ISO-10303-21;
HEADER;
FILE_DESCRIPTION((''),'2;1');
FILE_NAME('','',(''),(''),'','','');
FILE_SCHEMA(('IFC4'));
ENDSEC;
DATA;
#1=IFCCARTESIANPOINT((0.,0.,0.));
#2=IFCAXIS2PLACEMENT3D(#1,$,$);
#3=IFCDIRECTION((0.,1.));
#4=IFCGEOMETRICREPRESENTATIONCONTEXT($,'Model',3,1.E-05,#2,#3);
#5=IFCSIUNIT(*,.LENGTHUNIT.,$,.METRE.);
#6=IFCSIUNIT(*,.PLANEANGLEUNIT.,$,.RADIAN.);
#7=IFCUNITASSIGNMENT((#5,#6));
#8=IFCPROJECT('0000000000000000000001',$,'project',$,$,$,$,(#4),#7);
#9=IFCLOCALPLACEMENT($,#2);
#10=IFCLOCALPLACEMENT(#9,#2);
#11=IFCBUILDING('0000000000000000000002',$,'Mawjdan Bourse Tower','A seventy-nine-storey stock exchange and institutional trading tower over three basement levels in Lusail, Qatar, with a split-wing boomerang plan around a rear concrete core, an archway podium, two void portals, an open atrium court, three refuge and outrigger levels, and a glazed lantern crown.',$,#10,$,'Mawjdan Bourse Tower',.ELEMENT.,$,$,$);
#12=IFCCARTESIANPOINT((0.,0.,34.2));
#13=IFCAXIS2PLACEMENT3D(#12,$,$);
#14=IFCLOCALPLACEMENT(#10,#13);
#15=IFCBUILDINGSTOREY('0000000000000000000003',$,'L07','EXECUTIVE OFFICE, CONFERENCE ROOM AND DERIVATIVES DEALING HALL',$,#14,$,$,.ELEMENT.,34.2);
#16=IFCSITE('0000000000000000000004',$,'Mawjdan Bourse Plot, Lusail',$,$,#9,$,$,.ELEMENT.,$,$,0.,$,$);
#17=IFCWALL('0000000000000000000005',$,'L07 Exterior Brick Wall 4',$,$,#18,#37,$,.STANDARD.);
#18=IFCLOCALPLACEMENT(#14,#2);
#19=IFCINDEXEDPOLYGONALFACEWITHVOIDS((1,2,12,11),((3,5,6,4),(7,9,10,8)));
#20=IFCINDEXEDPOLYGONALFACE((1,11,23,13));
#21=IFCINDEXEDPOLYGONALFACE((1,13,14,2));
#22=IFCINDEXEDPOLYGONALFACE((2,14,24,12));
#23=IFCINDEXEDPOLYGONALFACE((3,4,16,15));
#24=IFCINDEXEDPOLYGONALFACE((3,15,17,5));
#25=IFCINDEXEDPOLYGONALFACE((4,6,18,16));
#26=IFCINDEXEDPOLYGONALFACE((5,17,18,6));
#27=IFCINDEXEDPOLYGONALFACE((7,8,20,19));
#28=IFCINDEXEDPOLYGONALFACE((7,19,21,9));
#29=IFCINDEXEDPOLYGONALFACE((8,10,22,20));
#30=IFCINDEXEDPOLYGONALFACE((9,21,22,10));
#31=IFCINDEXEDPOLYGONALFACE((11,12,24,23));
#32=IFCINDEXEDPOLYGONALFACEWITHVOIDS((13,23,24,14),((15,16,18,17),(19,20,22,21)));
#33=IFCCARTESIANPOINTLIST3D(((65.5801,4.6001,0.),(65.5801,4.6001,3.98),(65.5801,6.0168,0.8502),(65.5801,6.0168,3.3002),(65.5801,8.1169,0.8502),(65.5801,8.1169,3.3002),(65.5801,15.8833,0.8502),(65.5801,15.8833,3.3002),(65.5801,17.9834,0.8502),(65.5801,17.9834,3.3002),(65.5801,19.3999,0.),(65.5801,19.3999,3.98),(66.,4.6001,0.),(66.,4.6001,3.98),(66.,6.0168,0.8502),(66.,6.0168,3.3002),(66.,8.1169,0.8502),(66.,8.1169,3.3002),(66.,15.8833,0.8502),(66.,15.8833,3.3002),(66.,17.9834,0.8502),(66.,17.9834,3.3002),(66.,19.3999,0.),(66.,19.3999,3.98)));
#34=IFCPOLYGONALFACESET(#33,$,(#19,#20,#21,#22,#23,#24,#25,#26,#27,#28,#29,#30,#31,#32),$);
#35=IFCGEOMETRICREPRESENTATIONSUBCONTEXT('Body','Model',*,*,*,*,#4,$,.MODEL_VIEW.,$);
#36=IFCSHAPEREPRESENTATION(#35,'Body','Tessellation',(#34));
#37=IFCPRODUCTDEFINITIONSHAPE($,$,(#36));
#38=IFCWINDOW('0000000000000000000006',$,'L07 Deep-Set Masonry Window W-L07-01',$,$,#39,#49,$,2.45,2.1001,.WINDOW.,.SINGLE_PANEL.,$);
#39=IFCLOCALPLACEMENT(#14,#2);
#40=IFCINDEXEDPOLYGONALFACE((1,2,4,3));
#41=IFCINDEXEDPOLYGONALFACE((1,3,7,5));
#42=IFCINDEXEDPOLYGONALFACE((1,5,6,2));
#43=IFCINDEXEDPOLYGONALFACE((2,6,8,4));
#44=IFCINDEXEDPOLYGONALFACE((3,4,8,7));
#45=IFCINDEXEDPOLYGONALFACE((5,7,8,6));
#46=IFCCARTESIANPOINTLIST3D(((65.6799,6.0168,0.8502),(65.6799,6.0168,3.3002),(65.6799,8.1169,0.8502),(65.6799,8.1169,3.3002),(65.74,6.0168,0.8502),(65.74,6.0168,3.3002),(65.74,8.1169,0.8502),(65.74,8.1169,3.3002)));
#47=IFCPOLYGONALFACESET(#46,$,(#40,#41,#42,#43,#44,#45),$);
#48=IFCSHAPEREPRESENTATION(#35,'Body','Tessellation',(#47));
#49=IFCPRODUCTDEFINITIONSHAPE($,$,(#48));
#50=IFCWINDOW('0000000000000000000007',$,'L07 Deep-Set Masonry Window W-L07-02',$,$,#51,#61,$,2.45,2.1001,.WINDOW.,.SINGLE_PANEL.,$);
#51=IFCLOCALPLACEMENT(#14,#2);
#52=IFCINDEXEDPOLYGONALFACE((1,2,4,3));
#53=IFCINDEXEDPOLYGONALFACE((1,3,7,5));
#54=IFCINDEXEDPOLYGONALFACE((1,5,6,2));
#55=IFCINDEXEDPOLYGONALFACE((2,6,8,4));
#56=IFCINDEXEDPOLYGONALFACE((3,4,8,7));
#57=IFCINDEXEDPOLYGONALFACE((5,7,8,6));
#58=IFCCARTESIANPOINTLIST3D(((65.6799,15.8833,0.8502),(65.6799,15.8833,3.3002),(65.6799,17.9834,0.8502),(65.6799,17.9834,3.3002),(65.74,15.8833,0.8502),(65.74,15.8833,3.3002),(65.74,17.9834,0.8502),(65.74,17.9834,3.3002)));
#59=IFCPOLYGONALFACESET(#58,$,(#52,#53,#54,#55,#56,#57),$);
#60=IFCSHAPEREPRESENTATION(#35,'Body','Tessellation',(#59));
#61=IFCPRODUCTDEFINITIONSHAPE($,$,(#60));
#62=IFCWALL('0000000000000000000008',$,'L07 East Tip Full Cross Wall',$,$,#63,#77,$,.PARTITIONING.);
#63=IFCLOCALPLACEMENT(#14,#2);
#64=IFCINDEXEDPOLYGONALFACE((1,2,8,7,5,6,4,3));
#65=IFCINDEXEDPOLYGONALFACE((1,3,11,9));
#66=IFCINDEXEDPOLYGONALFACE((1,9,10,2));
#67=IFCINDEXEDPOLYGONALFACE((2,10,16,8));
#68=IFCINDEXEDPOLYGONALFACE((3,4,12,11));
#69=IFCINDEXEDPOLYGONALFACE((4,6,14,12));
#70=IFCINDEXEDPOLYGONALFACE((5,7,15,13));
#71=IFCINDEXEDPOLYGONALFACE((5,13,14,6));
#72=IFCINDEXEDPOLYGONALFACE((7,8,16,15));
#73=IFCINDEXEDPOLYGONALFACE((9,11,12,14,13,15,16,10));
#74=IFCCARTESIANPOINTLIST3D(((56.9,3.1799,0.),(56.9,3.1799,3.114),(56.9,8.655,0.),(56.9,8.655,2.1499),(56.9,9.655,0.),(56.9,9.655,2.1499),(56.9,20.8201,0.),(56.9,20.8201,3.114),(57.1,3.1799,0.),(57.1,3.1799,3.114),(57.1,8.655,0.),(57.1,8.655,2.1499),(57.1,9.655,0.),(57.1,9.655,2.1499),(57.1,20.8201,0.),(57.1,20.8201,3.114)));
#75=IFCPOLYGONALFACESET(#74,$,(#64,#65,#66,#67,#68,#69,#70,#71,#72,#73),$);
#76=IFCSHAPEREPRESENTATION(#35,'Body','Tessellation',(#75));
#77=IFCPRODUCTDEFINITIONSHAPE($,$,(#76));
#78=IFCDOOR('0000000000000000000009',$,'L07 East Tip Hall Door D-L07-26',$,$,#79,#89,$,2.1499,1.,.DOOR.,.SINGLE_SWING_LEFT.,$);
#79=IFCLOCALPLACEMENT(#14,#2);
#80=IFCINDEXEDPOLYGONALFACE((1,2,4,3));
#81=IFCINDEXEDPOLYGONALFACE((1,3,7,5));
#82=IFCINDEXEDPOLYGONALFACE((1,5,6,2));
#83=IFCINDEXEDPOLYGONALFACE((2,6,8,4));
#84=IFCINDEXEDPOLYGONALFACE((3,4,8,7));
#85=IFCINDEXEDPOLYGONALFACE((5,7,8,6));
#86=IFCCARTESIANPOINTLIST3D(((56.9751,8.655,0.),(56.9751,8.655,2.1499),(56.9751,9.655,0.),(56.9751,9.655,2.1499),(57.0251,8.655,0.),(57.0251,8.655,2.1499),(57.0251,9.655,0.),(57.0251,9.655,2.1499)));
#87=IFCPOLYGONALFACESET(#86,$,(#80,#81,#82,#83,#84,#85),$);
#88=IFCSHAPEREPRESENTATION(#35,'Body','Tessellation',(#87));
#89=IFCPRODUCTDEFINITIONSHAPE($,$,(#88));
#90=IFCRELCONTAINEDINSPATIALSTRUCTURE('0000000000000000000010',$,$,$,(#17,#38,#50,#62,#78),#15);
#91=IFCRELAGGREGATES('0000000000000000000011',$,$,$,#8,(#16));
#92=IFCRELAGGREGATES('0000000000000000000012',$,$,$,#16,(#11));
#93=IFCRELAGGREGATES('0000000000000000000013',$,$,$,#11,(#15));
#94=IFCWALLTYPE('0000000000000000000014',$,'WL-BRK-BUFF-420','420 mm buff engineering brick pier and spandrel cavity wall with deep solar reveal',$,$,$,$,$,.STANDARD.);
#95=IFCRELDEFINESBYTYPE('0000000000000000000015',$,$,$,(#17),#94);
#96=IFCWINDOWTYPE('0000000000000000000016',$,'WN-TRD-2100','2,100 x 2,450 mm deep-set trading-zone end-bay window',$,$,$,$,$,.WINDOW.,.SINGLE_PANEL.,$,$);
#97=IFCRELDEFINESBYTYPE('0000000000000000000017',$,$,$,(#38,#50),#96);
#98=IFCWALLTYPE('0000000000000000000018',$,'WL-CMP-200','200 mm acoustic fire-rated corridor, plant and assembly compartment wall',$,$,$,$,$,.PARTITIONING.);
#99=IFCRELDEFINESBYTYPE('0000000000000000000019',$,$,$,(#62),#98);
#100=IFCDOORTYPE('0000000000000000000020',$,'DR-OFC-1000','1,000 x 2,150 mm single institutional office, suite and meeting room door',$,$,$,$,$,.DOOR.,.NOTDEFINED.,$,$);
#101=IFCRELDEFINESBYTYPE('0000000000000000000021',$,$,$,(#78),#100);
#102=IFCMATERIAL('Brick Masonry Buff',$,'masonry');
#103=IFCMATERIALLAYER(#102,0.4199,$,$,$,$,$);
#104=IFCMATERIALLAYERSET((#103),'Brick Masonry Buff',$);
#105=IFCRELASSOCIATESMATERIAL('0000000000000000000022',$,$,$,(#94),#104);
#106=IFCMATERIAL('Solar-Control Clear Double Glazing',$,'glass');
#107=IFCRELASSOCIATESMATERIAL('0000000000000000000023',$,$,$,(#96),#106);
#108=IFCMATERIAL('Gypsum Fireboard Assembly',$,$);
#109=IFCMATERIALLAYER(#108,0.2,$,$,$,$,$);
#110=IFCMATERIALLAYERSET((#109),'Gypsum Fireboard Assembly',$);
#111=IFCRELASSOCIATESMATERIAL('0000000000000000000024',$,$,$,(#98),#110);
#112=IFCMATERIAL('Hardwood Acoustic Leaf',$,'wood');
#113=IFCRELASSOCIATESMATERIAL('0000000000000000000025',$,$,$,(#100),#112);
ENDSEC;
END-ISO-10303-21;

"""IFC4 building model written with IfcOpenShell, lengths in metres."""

from ifc_helpers import new_model, si_unit, direction, frame, frame_2d, origin, place, context, subcontext, project, spatial, rectangle, extrude, material, layer, layer_set, type_object, element, fill, save


model = new_model("IFC4")

# Units and contexts
model_context = context("Model", 3, precision=1e-05, world=origin(), true_north=direction((0.0, 1.0)))
body_context = subcontext(model_context, "Body", "Model", "MODEL_VIEW")
ifc_project = project(units=[si_unit("LENGTHUNIT", "METRE"), si_unit("PLANEANGLEUNIT", "RADIAN")], contexts=[model_context])

# Site, building, storey
site_placement = place(None, origin())
site = spatial("IfcSite", under=ifc_project, at=site_placement, Name="Mawjdan Bourse Plot, Lusail", CompositionType="ELEMENT", RefElevation=0.0)
building_placement = place(site_placement, origin())
building = spatial("IfcBuilding", under=site, at=building_placement, Name="Mawjdan Bourse Tower", Description="A seventy-nine-storey stock exchange and institutional trading tower over three basement levels in Lusail, Qatar, with a split-wing boomerang plan around a rear concrete core, an archway podium, two void portals, an open atrium court, three refuge and outrigger levels, and a glazed lantern crown.", LongName="Mawjdan Bourse Tower", CompositionType="ELEMENT")
storey_placement = place(building_placement, frame((0.0, 0.0, 34.2)))
storey = spatial("IfcBuildingStorey", under=building, at=storey_placement, Name="L07", Description="EXECUTIVE OFFICE, CONFERENCE ROOM AND DERIVATIVES DEALING HALL", CompositionType="ELEMENT", Elevation=34.2)

# Shared definitions
ifc_material_1 = material(Name="Brick Masonry Buff", Category="masonry")
ifc_layer_1 = layer(ifc_material_1, 0.4199)
ifc_layer_set_1 = layer_set([ifc_layer_1], Name="Brick Masonry Buff")
wall_type_1 = type_object("IfcWallType", Name="WL-BRK-BUFF-420", Description="420 mm buff engineering brick pier and spandrel cavity wall with deep solar reveal", PredefinedType="STANDARD", material=ifc_layer_set_1)

# Wall, openings, windows
wall_1_placement = place(storey_placement, frame((65.79, 4.6001, 0.0), z_axis=(0.0, 0.0, 1.0), x_axis=(0.0, 1.0, 0.0)))
wall_1 = element("IfcWall", 1, at=wall_1_placement, inside=storey, type_object=wall_type_1, Name="L07 Exterior Brick Wall 4", PredefinedType="STANDARD", context=body_context, shape_type="SweptSolid", body=[
    extrude(rectangle(XDim=14.7998, YDim=0.4199, at=frame_2d((7.3999, 0.0))), origin(), (0.0, 0.0, 1.0), 3.98),
])
opening_1_placement = place(wall_1_placement, frame((1.4167, 0.0, 0.8501)))
opening_1 = element("IfcOpeningElement", 2, at=opening_1_placement, cuts=wall_1, PredefinedType="OPENING", context=body_context, shape_type="SweptSolid", body=[
    extrude(rectangle(XDim=2.1001, YDim=2.45, at=frame_2d((1.05, 1.2251))), frame((0.0, 0.22, 0.0), z_axis=(0.0, -1.0, 0.0), x_axis=(1.0, 0.0, 0.0)), (0.0, 0.0, 1.0), 0.4399),
])
opening_2_placement = place(wall_1_placement, frame((11.2832, 0.0, 0.8501)))
opening_2 = element("IfcOpeningElement", 3, at=opening_2_placement, cuts=wall_1, PredefinedType="OPENING", context=body_context, shape_type="SweptSolid", body=[
    extrude(rectangle(XDim=2.1001, YDim=2.45, at=frame_2d((1.05, 1.2251))), frame((0.0, 0.22, 0.0), z_axis=(0.0, -1.0, 0.0), x_axis=(1.0, 0.0, 0.0)), (0.0, 0.0, 1.0), 0.4399),
])
ifc_material_2 = material(Name="Solar-Control Clear Double Glazing", Category="glass")
window_type = type_object("IfcWindowType", Name="WN-TRD-2100", Description="2,100 x 2,450 mm deep-set trading-zone end-bay window", PartitioningType="SINGLE_PANEL", PredefinedType="WINDOW", material=ifc_material_2)
window_1_placement = place(opening_1_placement, origin())
window_1 = element("IfcWindow", 4, at=window_1_placement, inside=storey, type_object=window_type, Name="L07 Deep-Set Masonry Window W-L07-01", OverallHeight=2.45, OverallWidth=2.1001, PartitioningType="SINGLE_PANEL", PredefinedType="WINDOW", context=body_context, shape_type="SweptSolid", body=[
    extrude(rectangle(XDim=2.1001, YDim=2.45, at=frame_2d((1.05, 1.2251))), frame((0.0, 0.1101, 0.0), z_axis=(0.0, -1.0, 0.0), x_axis=(1.0, 0.0, 0.0)), (0.0, 0.0, 1.0), 0.0601),
])
fill(opening_1, window_1)
window_2_placement = place(opening_2_placement, origin())
window_2 = element("IfcWindow", 5, at=window_2_placement, inside=storey, type_object=window_type, Name="L07 Deep-Set Masonry Window W-L07-02", OverallHeight=2.45, OverallWidth=2.1001, PartitioningType="SINGLE_PANEL", PredefinedType="WINDOW", context=body_context, shape_type="SweptSolid", body=[
    extrude(rectangle(XDim=2.1001, YDim=2.45, at=frame_2d((1.05, 1.2251))), frame((0.0, 0.1101, 0.0), z_axis=(0.0, -1.0, 0.0), x_axis=(1.0, 0.0, 0.0)), (0.0, 0.0, 1.0), 0.0601),
])
fill(opening_2, window_2)

# Wall, opening, door
ifc_material_3 = material(Name="Gypsum Fireboard Assembly")
ifc_layer_2 = layer(ifc_material_3, 0.2)
ifc_layer_set_2 = layer_set([ifc_layer_2], Name="Gypsum Fireboard Assembly")
wall_type_2 = type_object("IfcWallType", Name="WL-CMP-200", Description="200 mm acoustic fire-rated corridor, plant and assembly compartment wall", PredefinedType="PARTITIONING", material=ifc_layer_set_2)
wall_2_placement = place(storey_placement, frame((57.0, 3.1799, 0.0), z_axis=(0.0, 0.0, 1.0), x_axis=(0.0, 1.0, 0.0)))
wall_2 = element("IfcWall", 6, at=wall_2_placement, inside=storey, type_object=wall_type_2, Name="L07 East Tip Full Cross Wall", PredefinedType="PARTITIONING", context=body_context, shape_type="SweptSolid", body=[
    extrude(rectangle(XDim=17.6401, YDim=0.2, at=frame_2d((8.8201, 0.0))), origin(), (0.0, 0.0, 1.0), 3.114),
])
opening_3_placement = place(wall_2_placement, frame((5.4751, 0.0, 0.0)))
opening_3 = element("IfcOpeningElement", 7, at=opening_3_placement, cuts=wall_2, PredefinedType="OPENING", context=body_context, shape_type="SweptSolid", body=[
    extrude(rectangle(XDim=1.0, YDim=2.1499, at=frame_2d((0.5, 1.075))), frame((0.0, 0.1099, 0.0), z_axis=(0.0, -1.0, 0.0), x_axis=(1.0, 0.0, 0.0)), (0.0, 0.0, 1.0), 0.22),
])
ifc_material_4 = material(Name="Hardwood Acoustic Leaf", Category="wood")
door_type = type_object("IfcDoorType", Name="DR-OFC-1000", Description="1,000 x 2,150 mm single institutional office, suite and meeting room door", OperationType="NOTDEFINED", PredefinedType="DOOR", material=ifc_material_4)
door_placement = place(opening_3_placement, origin())
door = element("IfcDoor", 8, at=door_placement, inside=storey, type_object=door_type, Name="L07 East Tip Hall Door D-L07-26", OperationType="SINGLE_SWING_LEFT", OverallHeight=2.1499, OverallWidth=1.0, PredefinedType="DOOR", context=body_context, shape_type="SweptSolid", body=[
    extrude(rectangle(XDim=1.0, YDim=2.1499, at=frame_2d((0.5, 1.075))), frame((0.0, 0.0249, 0.0), z_axis=(0.0, -1.0, 0.0), x_axis=(1.0, 0.0, 0.0)), (0.0, 0.0, 1.0), 0.05),
])
fill(opening_3, door)

save(model, "model.ifc")
